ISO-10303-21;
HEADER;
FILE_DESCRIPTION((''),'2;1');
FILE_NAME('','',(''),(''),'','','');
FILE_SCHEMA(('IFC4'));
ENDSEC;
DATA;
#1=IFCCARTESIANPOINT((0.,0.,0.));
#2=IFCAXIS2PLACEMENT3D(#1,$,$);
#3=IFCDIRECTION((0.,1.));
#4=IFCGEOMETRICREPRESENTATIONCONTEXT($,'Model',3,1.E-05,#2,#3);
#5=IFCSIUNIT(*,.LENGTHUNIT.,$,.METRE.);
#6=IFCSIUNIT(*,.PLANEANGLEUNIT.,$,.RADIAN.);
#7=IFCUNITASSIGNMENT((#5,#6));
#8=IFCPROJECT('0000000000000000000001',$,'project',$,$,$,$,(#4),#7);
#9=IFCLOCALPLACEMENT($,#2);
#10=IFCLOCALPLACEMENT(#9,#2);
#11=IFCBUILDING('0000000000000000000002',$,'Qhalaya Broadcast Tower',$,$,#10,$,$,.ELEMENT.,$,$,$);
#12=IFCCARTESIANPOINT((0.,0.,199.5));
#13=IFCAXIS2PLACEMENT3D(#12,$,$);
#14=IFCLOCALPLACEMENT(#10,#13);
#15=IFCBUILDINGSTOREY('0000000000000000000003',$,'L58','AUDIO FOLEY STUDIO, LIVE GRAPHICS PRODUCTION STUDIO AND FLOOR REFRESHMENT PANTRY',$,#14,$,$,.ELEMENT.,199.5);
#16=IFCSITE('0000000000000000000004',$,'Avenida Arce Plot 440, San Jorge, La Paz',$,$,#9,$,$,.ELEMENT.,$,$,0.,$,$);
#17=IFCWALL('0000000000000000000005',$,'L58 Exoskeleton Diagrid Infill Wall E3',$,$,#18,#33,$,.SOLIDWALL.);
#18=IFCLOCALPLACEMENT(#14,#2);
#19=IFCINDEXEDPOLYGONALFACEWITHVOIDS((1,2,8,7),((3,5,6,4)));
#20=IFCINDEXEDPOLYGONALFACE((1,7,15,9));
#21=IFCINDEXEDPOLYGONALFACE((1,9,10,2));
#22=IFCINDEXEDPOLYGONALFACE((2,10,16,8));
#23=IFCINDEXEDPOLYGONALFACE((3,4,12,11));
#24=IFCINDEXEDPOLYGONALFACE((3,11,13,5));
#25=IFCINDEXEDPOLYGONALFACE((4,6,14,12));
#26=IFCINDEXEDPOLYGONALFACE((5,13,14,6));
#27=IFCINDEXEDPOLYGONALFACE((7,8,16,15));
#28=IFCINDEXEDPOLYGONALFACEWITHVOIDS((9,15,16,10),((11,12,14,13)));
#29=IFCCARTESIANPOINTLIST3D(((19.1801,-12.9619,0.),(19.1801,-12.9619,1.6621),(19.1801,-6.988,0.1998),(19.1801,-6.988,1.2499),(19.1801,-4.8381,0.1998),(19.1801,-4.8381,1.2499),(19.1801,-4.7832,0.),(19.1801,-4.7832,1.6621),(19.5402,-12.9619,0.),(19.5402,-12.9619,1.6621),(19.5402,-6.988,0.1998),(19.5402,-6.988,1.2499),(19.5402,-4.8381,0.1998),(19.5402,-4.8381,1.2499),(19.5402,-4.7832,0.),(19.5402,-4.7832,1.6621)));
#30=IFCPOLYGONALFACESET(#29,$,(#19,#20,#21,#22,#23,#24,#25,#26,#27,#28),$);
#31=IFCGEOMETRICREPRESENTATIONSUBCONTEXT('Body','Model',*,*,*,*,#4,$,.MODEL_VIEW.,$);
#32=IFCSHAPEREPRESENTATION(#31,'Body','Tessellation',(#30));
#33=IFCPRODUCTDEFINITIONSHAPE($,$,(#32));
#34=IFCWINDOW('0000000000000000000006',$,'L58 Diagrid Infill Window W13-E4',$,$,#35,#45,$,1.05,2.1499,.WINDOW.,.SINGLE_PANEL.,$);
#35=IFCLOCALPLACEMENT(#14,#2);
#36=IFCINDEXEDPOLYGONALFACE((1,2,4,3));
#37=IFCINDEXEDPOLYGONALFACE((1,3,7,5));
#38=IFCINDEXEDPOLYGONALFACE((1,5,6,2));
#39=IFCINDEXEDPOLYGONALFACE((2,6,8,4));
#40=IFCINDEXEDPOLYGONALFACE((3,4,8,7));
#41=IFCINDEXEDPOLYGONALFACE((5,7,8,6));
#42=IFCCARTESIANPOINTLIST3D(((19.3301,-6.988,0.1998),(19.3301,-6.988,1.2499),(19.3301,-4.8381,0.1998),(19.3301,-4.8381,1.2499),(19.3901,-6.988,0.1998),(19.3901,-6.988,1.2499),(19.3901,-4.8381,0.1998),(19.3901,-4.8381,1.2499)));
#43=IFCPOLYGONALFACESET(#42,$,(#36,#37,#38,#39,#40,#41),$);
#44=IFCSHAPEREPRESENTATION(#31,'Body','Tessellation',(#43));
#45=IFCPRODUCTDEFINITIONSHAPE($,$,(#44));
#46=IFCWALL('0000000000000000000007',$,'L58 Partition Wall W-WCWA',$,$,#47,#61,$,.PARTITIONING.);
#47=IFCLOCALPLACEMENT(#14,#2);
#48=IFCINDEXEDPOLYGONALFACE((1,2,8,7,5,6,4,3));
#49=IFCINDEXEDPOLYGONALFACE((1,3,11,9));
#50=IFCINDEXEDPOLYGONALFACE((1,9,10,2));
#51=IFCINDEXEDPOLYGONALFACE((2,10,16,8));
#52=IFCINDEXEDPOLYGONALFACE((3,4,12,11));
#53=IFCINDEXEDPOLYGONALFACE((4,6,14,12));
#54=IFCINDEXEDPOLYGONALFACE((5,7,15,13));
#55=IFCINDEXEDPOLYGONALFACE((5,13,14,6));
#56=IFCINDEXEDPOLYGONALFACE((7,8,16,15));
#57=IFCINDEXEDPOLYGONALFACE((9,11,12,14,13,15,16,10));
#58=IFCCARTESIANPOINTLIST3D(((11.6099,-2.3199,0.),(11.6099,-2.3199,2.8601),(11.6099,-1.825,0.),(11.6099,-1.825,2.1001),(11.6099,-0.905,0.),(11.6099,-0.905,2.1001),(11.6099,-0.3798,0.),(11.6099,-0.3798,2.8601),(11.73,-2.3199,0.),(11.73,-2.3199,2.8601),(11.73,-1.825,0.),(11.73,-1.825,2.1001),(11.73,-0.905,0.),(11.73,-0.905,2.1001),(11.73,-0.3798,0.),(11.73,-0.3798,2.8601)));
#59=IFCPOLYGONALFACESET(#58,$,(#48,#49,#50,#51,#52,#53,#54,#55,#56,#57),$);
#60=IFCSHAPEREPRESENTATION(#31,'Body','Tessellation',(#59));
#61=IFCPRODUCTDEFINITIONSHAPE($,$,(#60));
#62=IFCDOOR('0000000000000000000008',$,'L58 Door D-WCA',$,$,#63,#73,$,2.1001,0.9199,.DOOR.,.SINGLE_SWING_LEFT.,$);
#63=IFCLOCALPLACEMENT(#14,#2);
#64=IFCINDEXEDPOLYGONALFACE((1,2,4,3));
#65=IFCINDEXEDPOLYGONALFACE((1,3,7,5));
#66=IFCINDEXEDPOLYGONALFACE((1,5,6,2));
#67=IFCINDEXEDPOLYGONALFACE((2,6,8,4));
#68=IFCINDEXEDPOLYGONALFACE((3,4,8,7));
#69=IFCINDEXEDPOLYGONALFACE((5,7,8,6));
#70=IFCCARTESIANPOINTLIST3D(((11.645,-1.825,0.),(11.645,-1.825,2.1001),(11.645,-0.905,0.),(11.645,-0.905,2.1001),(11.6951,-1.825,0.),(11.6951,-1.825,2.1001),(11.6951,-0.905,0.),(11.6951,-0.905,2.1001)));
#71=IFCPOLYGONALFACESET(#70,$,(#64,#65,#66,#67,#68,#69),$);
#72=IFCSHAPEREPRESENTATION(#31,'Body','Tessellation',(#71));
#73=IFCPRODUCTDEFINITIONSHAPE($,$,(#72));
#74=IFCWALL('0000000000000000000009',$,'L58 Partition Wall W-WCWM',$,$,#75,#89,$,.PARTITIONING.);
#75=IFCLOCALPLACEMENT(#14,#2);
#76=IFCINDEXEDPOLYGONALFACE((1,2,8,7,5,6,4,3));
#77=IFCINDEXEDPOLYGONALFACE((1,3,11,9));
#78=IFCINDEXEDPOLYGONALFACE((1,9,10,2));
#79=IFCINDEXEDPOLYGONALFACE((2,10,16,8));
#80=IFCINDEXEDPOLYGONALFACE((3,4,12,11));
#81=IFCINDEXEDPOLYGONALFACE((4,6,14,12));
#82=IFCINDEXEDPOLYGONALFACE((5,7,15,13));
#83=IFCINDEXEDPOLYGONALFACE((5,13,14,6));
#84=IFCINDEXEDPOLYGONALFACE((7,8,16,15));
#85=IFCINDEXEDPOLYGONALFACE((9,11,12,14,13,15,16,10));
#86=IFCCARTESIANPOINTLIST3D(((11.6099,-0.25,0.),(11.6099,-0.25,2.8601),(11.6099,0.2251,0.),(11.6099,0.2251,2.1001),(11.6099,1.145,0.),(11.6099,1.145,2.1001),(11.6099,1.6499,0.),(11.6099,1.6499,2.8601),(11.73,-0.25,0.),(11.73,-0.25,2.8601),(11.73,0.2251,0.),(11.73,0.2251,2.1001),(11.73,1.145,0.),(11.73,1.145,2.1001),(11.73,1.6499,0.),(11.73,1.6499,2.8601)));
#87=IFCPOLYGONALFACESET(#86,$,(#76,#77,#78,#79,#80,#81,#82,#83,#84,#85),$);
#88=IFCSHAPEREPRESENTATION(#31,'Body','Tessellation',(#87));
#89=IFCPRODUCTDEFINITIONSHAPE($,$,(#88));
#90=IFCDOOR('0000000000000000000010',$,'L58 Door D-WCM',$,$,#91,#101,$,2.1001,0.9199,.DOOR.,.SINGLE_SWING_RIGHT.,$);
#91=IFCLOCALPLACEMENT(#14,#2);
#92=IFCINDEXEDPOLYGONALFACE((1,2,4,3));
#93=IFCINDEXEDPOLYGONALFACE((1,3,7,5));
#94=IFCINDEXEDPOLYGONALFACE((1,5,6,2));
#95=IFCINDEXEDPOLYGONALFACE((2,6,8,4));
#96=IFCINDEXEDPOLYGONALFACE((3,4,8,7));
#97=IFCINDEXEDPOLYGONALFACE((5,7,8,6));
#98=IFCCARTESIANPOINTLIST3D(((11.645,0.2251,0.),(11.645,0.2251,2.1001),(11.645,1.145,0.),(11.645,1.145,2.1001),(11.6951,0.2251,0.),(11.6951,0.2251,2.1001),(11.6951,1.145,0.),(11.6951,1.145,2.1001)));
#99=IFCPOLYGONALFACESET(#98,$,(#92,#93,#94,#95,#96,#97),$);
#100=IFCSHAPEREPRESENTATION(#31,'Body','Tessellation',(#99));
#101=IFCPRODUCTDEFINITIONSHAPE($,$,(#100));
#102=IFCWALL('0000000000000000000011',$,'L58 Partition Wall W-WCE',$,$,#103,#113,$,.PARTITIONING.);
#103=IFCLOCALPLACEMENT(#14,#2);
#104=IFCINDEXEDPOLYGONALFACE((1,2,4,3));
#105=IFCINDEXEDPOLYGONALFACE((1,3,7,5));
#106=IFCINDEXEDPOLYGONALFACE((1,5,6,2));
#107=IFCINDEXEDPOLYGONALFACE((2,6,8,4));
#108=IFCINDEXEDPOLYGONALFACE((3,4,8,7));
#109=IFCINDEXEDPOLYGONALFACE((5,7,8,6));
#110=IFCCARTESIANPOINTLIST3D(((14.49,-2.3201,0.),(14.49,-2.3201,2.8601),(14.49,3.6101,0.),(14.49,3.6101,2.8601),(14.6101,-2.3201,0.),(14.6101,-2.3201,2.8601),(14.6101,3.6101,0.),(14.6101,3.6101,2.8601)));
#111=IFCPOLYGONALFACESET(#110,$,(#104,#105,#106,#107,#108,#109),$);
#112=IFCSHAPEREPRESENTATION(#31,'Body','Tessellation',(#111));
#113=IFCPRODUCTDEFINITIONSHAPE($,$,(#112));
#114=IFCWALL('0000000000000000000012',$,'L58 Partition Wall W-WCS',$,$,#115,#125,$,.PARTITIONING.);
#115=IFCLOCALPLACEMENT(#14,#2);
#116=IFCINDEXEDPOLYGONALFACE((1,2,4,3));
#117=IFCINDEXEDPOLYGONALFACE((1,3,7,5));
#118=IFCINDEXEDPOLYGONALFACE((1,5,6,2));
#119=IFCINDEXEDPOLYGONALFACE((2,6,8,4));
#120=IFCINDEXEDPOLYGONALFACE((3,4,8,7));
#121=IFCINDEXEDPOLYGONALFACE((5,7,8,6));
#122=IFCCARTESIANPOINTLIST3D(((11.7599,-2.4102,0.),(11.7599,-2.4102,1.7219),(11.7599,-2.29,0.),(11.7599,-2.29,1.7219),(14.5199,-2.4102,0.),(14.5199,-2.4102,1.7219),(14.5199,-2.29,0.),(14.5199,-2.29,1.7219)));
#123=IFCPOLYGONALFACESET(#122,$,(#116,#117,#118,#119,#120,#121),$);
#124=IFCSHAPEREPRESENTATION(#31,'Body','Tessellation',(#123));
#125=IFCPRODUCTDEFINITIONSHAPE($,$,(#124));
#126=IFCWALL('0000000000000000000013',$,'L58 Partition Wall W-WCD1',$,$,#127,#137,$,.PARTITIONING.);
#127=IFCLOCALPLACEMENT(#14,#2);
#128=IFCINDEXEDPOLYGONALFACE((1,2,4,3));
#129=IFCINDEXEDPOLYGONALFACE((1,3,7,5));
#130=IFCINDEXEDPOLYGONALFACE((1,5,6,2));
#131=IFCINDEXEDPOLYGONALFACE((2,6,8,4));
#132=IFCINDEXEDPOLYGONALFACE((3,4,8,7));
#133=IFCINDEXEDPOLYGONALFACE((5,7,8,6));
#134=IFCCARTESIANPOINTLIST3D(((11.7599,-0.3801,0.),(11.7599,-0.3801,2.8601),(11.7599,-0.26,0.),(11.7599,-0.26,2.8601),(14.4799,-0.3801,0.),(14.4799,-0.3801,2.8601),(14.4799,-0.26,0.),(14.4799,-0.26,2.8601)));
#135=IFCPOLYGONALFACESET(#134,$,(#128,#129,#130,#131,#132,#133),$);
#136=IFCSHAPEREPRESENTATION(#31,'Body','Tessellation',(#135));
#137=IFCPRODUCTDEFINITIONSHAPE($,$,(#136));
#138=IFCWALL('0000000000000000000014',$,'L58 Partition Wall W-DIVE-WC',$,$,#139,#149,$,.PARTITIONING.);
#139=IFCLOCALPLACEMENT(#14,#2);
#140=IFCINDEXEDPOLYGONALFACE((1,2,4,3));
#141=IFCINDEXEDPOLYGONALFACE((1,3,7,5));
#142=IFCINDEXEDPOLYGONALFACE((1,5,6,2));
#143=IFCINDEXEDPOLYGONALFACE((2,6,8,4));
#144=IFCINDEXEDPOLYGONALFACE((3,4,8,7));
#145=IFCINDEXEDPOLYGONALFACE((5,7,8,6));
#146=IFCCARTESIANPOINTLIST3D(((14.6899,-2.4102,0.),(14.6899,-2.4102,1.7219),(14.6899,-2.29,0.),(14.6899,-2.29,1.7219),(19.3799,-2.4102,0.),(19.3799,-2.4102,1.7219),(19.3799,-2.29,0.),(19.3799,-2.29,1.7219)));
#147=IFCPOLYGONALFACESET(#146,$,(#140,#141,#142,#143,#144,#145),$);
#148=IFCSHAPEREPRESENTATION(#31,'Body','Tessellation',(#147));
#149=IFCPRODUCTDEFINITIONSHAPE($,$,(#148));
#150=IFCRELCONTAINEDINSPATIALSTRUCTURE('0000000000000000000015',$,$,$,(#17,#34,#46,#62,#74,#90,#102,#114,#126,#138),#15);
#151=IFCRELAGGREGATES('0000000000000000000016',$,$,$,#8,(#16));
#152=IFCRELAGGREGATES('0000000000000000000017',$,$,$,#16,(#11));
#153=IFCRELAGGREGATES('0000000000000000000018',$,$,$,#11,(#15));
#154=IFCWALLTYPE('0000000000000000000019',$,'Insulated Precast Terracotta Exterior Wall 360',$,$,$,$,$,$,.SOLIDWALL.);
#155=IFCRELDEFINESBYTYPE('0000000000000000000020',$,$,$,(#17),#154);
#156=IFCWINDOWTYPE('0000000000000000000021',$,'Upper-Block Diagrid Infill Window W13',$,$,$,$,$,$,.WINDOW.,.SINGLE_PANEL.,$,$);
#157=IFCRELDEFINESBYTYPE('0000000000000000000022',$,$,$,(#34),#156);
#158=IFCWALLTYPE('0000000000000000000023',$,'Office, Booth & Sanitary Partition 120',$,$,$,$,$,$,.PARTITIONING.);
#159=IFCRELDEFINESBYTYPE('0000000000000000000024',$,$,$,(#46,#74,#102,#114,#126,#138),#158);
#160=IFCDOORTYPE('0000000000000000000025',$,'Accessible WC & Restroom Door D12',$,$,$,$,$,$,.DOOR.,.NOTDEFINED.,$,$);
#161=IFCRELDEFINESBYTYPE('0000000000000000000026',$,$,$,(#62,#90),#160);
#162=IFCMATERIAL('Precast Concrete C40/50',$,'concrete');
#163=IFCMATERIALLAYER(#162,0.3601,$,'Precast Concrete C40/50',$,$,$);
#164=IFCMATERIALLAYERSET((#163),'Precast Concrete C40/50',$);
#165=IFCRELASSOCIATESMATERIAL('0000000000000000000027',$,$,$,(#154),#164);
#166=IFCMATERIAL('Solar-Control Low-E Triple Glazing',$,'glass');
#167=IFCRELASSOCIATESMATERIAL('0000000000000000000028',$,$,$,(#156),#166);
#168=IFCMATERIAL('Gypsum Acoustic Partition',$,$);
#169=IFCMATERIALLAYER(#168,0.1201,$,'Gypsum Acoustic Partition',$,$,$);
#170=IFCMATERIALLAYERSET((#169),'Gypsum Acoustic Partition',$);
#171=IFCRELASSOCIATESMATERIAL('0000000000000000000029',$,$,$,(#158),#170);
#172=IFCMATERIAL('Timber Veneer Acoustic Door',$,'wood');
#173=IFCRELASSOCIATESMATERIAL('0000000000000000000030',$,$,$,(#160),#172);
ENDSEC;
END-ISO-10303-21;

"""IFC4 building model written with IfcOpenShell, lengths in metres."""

from ifc_helpers import new_model, si_unit, direction, frame, frame_2d, origin, place, context, subcontext, project, spatial, rectangle, extrude, material, layer, layer_set, type_object, element, fill, save


model = new_model("IFC4")

# Units and contexts
model_context = context("Model", 3, precision=1e-05, world=origin(), true_north=direction((0.0, 1.0)))
body_context = subcontext(model_context, "Body", "Model", "MODEL_VIEW")
ifc_project = project(units=[si_unit("LENGTHUNIT", "METRE"), si_unit("PLANEANGLEUNIT", "RADIAN")], contexts=[model_context])

# Site, building, storey
site_placement = place(None, origin())
site = spatial("IfcSite", under=ifc_project, at=site_placement, Name="Avenida Arce Plot 440, San Jorge, La Paz", CompositionType="ELEMENT", RefElevation=0.0)
building_placement = place(site_placement, origin())
building = spatial("IfcBuilding", under=site, at=building_placement, Name="Qhalaya Broadcast Tower", CompositionType="ELEMENT")
storey_placement = place(building_placement, frame((0.0, 0.0, 199.5)))
storey = spatial("IfcBuildingStorey", under=building, at=storey_placement, Name="L58", Description="AUDIO FOLEY STUDIO, LIVE GRAPHICS PRODUCTION STUDIO AND FLOOR REFRESHMENT PANTRY", CompositionType="ELEMENT", Elevation=199.5)

# Wall, opening, window
ifc_material_1 = material(Name="Precast Concrete C40/50", Category="concrete")
ifc_layer_1 = layer(ifc_material_1, 0.3601, Name="Precast Concrete C40/50")
ifc_layer_set_1 = layer_set([ifc_layer_1], Name="Precast Concrete C40/50")
wall_type_1 = type_object("IfcWallType", Name="Insulated Precast Terracotta Exterior Wall 360", PredefinedType="SOLIDWALL", material=ifc_layer_set_1)
wall_1_placement = place(storey_placement, frame((19.3601, -4.7832, 0.0), z_axis=(0.0, 0.0, 1.0), x_axis=(0.0, -1.0, 0.0)))
wall_1 = element("IfcWall", 1, at=wall_1_placement, inside=storey, type_object=wall_type_1, Name="L58 Exoskeleton Diagrid Infill Wall E3", PredefinedType="SOLIDWALL", context=body_context, shape_type="SweptSolid", body=[
    extrude(rectangle(XDim=8.1787, YDim=0.3601, at=frame_2d((4.0894, 0.0))), origin(), (0.0, 0.0, 1.0), 1.6621),
])
opening_1_placement = place(wall_1_placement, frame((0.0549, 0.0, 0.2)))
opening_1 = element("IfcOpeningElement", 2, at=opening_1_placement, cuts=wall_1, PredefinedType="OPENING", context=body_context, shape_type="SweptSolid", body=[
    extrude(rectangle(XDim=2.1499, YDim=1.05, at=frame_2d((1.075, 0.5249))), frame((0.0, 0.1921, 0.0), z_axis=(0.0, -1.0, 0.0), x_axis=(1.0, 0.0, 0.0)), (0.0, 0.0, 1.0), 0.384),
])
ifc_material_2 = material(Name="Solar-Control Low-E Triple Glazing", Category="glass")
window_type = type_object("IfcWindowType", Name="Upper-Block Diagrid Infill Window W13", PartitioningType="SINGLE_PANEL", PredefinedType="WINDOW", material=ifc_material_2)
window_placement = place(opening_1_placement, origin())
window = element("IfcWindow", 3, at=window_placement, inside=storey, type_object=window_type, Name="L58 Diagrid Infill Window W13-E4", OverallHeight=1.05, OverallWidth=2.1499, PartitioningType="SINGLE_PANEL", PredefinedType="WINDOW", context=body_context, shape_type="SweptSolid", body=[
    extrude(rectangle(XDim=2.1499, YDim=1.05, at=frame_2d((1.075, 0.5249))), frame((0.0, 0.03, 0.0), z_axis=(0.0, -1.0, 0.0), x_axis=(1.0, 0.0, 0.0)), (0.0, 0.0, 1.0), 0.0601),
])
fill(opening_1, window)

# Walls, openings, doors
ifc_material_3 = material(Name="Gypsum Acoustic Partition")
ifc_layer_2 = layer(ifc_material_3, 0.1201, Name="Gypsum Acoustic Partition")
ifc_layer_set_2 = layer_set([ifc_layer_2], Name="Gypsum Acoustic Partition")
wall_type_2 = type_object("IfcWallType", Name="Office, Booth & Sanitary Partition 120", PredefinedType="PARTITIONING", material=ifc_layer_set_2)
wall_2_placement = place(storey_placement, frame((11.6699, -2.3201, 0.0), z_axis=(0.0, 0.0, 1.0), x_axis=(0.0, 1.0, 0.0)))
wall_2 = element("IfcWall", 4, at=wall_2_placement, inside=storey, type_object=wall_type_2, Name="L58 Partition Wall W-WCWA", PredefinedType="PARTITIONING", context=body_context, shape_type="SweptSolid", body=[
    extrude(rectangle(XDim=1.9402, YDim=0.1201, at=frame_2d((0.9702, 0.0))), origin(), (0.0, 0.0, 1.0), 2.8601),
])
opening_2_placement = place(wall_2_placement, frame((0.4951, 0.0, 0.0)))
opening_2 = element("IfcOpeningElement", 5, at=opening_2_placement, cuts=wall_2, PredefinedType="OPENING", context=body_context, shape_type="SweptSolid", body=[
    extrude(rectangle(XDim=0.9199, YDim=2.1001, at=frame_2d((0.46, 1.05))), frame((0.0, 0.072, 0.0), z_axis=(0.0, -1.0, 0.0), x_axis=(1.0, 0.0, 0.0)), (0.0, 0.0, 1.0), 0.144),
])
ifc_material_4 = material(Name="Timber Veneer Acoustic Door", Category="wood")
door_type = type_object("IfcDoorType", Name="Accessible WC & Restroom Door D12", OperationType="NOTDEFINED", PredefinedType="DOOR", material=ifc_material_4)
door_1_placement = place(opening_2_placement, origin())
door_1 = element("IfcDoor", 6, at=door_1_placement, inside=storey, type_object=door_type, Name="L58 Door D-WCA", OperationType="SINGLE_SWING_LEFT", OverallHeight=2.1001, OverallWidth=0.9199, PredefinedType="DOOR", context=body_context, shape_type="SweptSolid", body=[
    extrude(rectangle(XDim=0.9199, YDim=2.1001, at=frame_2d((0.46, 1.05))), frame((0.0, 0.0249, 0.0), z_axis=(0.0, -1.0, 0.0), x_axis=(1.0, 0.0, 0.0)), (0.0, 0.0, 1.0), 0.05),
])
fill(opening_2, door_1)
wall_3_placement = place(storey_placement, frame((11.6699, -0.25, 0.0), z_axis=(0.0, 0.0, 1.0), x_axis=(0.0, 1.0, 0.0)))
wall_3 = element("IfcWall", 7, at=wall_3_placement, inside=storey, type_object=wall_type_2, Name="L58 Partition Wall W-WCWM", PredefinedType="PARTITIONING", context=body_context, shape_type="SweptSolid", body=[
    extrude(rectangle(XDim=1.8999, YDim=0.1201, at=frame_2d((0.95, 0.0))), origin(), (0.0, 0.0, 1.0), 2.8601),
])
opening_3_placement = place(wall_3_placement, frame((0.4751, 0.0, 0.0)))
opening_3 = element("IfcOpeningElement", 8, at=opening_3_placement, cuts=wall_3, PredefinedType="OPENING", context=body_context, shape_type="SweptSolid", body=[
    extrude(rectangle(XDim=0.9199, YDim=2.1001, at=frame_2d((0.46, 1.05))), frame((0.0, 0.072, 0.0), z_axis=(0.0, -1.0, 0.0), x_axis=(1.0, 0.0, 0.0)), (0.0, 0.0, 1.0), 0.144),
])
door_2_placement = place(opening_3_placement, origin())
door_2 = element("IfcDoor", 9, at=door_2_placement, inside=storey, type_object=door_type, Name="L58 Door D-WCM", OperationType="SINGLE_SWING_RIGHT", OverallHeight=2.1001, OverallWidth=0.9199, PredefinedType="DOOR", context=body_context, shape_type="SweptSolid", body=[
    extrude(rectangle(XDim=0.9199, YDim=2.1001, at=frame_2d((0.46, 1.05))), frame((0.0, 0.0249, 0.0), z_axis=(0.0, -1.0, 0.0), x_axis=(1.0, 0.0, 0.0)), (0.0, 0.0, 1.0), 0.05),
])
fill(opening_3, door_2)

# Walls
wall_4_placement = place(storey_placement, frame((14.55, -2.3201, 0.0), z_axis=(0.0, 0.0, 1.0), x_axis=(0.0, 1.0, 0.0)))
element("IfcWall", 10, at=wall_4_placement, inside=storey, type_object=wall_type_2, Name="L58 Partition Wall W-WCE", PredefinedType="PARTITIONING", context=body_context, shape_type="SweptSolid", body=[
    extrude(rectangle(XDim=5.9302, YDim=0.1201, at=frame_2d((2.9651, 0.0))), origin(), (0.0, 0.0, 1.0), 2.8601),
])
wall_5_placement = place(storey_placement, frame((11.76, -2.3501, 0.0), z_axis=(0.0, 0.0, 1.0), x_axis=(1.0, 0.0, 0.0)))
element("IfcWall", 11, at=wall_5_placement, inside=storey, type_object=wall_type_2, Name="L58 Partition Wall W-WCS", PredefinedType="PARTITIONING", context=body_context, shape_type="SweptSolid", body=[
    extrude(rectangle(XDim=2.76, YDim=0.1201, at=frame_2d((1.3799, 0.0))), origin(), (0.0, 0.0, 1.0), 1.7219),
])
wall_6_placement = place(storey_placement, frame((11.76, -0.3201, 0.0), z_axis=(0.0, 0.0, 1.0), x_axis=(1.0, 0.0, 0.0)))
element("IfcWall", 12, at=wall_6_placement, inside=storey, type_object=wall_type_2, Name="L58 Partition Wall W-WCD1", PredefinedType="PARTITIONING", context=body_context, shape_type="SweptSolid", body=[
    extrude(rectangle(XDim=2.72, YDim=0.1201, at=frame_2d((1.3599, 0.0))), origin(), (0.0, 0.0, 1.0), 2.8601),
])
wall_7_placement = place(storey_placement, frame((14.6899, -2.3501, 0.0), z_axis=(0.0, 0.0, 1.0), x_axis=(1.0, 0.0, 0.0)))
element("IfcWall", 13, at=wall_7_placement, inside=storey, type_object=wall_type_2, Name="L58 Partition Wall W-DIVE-WC", PredefinedType="PARTITIONING", context=body_context, shape_type="SweptSolid", body=[
    extrude(rectangle(XDim=4.6899, YDim=0.1201, at=frame_2d((2.345, 0.0))), origin(), (0.0, 0.0, 1.0), 1.7219),
])

save(model, "model.ifc")
